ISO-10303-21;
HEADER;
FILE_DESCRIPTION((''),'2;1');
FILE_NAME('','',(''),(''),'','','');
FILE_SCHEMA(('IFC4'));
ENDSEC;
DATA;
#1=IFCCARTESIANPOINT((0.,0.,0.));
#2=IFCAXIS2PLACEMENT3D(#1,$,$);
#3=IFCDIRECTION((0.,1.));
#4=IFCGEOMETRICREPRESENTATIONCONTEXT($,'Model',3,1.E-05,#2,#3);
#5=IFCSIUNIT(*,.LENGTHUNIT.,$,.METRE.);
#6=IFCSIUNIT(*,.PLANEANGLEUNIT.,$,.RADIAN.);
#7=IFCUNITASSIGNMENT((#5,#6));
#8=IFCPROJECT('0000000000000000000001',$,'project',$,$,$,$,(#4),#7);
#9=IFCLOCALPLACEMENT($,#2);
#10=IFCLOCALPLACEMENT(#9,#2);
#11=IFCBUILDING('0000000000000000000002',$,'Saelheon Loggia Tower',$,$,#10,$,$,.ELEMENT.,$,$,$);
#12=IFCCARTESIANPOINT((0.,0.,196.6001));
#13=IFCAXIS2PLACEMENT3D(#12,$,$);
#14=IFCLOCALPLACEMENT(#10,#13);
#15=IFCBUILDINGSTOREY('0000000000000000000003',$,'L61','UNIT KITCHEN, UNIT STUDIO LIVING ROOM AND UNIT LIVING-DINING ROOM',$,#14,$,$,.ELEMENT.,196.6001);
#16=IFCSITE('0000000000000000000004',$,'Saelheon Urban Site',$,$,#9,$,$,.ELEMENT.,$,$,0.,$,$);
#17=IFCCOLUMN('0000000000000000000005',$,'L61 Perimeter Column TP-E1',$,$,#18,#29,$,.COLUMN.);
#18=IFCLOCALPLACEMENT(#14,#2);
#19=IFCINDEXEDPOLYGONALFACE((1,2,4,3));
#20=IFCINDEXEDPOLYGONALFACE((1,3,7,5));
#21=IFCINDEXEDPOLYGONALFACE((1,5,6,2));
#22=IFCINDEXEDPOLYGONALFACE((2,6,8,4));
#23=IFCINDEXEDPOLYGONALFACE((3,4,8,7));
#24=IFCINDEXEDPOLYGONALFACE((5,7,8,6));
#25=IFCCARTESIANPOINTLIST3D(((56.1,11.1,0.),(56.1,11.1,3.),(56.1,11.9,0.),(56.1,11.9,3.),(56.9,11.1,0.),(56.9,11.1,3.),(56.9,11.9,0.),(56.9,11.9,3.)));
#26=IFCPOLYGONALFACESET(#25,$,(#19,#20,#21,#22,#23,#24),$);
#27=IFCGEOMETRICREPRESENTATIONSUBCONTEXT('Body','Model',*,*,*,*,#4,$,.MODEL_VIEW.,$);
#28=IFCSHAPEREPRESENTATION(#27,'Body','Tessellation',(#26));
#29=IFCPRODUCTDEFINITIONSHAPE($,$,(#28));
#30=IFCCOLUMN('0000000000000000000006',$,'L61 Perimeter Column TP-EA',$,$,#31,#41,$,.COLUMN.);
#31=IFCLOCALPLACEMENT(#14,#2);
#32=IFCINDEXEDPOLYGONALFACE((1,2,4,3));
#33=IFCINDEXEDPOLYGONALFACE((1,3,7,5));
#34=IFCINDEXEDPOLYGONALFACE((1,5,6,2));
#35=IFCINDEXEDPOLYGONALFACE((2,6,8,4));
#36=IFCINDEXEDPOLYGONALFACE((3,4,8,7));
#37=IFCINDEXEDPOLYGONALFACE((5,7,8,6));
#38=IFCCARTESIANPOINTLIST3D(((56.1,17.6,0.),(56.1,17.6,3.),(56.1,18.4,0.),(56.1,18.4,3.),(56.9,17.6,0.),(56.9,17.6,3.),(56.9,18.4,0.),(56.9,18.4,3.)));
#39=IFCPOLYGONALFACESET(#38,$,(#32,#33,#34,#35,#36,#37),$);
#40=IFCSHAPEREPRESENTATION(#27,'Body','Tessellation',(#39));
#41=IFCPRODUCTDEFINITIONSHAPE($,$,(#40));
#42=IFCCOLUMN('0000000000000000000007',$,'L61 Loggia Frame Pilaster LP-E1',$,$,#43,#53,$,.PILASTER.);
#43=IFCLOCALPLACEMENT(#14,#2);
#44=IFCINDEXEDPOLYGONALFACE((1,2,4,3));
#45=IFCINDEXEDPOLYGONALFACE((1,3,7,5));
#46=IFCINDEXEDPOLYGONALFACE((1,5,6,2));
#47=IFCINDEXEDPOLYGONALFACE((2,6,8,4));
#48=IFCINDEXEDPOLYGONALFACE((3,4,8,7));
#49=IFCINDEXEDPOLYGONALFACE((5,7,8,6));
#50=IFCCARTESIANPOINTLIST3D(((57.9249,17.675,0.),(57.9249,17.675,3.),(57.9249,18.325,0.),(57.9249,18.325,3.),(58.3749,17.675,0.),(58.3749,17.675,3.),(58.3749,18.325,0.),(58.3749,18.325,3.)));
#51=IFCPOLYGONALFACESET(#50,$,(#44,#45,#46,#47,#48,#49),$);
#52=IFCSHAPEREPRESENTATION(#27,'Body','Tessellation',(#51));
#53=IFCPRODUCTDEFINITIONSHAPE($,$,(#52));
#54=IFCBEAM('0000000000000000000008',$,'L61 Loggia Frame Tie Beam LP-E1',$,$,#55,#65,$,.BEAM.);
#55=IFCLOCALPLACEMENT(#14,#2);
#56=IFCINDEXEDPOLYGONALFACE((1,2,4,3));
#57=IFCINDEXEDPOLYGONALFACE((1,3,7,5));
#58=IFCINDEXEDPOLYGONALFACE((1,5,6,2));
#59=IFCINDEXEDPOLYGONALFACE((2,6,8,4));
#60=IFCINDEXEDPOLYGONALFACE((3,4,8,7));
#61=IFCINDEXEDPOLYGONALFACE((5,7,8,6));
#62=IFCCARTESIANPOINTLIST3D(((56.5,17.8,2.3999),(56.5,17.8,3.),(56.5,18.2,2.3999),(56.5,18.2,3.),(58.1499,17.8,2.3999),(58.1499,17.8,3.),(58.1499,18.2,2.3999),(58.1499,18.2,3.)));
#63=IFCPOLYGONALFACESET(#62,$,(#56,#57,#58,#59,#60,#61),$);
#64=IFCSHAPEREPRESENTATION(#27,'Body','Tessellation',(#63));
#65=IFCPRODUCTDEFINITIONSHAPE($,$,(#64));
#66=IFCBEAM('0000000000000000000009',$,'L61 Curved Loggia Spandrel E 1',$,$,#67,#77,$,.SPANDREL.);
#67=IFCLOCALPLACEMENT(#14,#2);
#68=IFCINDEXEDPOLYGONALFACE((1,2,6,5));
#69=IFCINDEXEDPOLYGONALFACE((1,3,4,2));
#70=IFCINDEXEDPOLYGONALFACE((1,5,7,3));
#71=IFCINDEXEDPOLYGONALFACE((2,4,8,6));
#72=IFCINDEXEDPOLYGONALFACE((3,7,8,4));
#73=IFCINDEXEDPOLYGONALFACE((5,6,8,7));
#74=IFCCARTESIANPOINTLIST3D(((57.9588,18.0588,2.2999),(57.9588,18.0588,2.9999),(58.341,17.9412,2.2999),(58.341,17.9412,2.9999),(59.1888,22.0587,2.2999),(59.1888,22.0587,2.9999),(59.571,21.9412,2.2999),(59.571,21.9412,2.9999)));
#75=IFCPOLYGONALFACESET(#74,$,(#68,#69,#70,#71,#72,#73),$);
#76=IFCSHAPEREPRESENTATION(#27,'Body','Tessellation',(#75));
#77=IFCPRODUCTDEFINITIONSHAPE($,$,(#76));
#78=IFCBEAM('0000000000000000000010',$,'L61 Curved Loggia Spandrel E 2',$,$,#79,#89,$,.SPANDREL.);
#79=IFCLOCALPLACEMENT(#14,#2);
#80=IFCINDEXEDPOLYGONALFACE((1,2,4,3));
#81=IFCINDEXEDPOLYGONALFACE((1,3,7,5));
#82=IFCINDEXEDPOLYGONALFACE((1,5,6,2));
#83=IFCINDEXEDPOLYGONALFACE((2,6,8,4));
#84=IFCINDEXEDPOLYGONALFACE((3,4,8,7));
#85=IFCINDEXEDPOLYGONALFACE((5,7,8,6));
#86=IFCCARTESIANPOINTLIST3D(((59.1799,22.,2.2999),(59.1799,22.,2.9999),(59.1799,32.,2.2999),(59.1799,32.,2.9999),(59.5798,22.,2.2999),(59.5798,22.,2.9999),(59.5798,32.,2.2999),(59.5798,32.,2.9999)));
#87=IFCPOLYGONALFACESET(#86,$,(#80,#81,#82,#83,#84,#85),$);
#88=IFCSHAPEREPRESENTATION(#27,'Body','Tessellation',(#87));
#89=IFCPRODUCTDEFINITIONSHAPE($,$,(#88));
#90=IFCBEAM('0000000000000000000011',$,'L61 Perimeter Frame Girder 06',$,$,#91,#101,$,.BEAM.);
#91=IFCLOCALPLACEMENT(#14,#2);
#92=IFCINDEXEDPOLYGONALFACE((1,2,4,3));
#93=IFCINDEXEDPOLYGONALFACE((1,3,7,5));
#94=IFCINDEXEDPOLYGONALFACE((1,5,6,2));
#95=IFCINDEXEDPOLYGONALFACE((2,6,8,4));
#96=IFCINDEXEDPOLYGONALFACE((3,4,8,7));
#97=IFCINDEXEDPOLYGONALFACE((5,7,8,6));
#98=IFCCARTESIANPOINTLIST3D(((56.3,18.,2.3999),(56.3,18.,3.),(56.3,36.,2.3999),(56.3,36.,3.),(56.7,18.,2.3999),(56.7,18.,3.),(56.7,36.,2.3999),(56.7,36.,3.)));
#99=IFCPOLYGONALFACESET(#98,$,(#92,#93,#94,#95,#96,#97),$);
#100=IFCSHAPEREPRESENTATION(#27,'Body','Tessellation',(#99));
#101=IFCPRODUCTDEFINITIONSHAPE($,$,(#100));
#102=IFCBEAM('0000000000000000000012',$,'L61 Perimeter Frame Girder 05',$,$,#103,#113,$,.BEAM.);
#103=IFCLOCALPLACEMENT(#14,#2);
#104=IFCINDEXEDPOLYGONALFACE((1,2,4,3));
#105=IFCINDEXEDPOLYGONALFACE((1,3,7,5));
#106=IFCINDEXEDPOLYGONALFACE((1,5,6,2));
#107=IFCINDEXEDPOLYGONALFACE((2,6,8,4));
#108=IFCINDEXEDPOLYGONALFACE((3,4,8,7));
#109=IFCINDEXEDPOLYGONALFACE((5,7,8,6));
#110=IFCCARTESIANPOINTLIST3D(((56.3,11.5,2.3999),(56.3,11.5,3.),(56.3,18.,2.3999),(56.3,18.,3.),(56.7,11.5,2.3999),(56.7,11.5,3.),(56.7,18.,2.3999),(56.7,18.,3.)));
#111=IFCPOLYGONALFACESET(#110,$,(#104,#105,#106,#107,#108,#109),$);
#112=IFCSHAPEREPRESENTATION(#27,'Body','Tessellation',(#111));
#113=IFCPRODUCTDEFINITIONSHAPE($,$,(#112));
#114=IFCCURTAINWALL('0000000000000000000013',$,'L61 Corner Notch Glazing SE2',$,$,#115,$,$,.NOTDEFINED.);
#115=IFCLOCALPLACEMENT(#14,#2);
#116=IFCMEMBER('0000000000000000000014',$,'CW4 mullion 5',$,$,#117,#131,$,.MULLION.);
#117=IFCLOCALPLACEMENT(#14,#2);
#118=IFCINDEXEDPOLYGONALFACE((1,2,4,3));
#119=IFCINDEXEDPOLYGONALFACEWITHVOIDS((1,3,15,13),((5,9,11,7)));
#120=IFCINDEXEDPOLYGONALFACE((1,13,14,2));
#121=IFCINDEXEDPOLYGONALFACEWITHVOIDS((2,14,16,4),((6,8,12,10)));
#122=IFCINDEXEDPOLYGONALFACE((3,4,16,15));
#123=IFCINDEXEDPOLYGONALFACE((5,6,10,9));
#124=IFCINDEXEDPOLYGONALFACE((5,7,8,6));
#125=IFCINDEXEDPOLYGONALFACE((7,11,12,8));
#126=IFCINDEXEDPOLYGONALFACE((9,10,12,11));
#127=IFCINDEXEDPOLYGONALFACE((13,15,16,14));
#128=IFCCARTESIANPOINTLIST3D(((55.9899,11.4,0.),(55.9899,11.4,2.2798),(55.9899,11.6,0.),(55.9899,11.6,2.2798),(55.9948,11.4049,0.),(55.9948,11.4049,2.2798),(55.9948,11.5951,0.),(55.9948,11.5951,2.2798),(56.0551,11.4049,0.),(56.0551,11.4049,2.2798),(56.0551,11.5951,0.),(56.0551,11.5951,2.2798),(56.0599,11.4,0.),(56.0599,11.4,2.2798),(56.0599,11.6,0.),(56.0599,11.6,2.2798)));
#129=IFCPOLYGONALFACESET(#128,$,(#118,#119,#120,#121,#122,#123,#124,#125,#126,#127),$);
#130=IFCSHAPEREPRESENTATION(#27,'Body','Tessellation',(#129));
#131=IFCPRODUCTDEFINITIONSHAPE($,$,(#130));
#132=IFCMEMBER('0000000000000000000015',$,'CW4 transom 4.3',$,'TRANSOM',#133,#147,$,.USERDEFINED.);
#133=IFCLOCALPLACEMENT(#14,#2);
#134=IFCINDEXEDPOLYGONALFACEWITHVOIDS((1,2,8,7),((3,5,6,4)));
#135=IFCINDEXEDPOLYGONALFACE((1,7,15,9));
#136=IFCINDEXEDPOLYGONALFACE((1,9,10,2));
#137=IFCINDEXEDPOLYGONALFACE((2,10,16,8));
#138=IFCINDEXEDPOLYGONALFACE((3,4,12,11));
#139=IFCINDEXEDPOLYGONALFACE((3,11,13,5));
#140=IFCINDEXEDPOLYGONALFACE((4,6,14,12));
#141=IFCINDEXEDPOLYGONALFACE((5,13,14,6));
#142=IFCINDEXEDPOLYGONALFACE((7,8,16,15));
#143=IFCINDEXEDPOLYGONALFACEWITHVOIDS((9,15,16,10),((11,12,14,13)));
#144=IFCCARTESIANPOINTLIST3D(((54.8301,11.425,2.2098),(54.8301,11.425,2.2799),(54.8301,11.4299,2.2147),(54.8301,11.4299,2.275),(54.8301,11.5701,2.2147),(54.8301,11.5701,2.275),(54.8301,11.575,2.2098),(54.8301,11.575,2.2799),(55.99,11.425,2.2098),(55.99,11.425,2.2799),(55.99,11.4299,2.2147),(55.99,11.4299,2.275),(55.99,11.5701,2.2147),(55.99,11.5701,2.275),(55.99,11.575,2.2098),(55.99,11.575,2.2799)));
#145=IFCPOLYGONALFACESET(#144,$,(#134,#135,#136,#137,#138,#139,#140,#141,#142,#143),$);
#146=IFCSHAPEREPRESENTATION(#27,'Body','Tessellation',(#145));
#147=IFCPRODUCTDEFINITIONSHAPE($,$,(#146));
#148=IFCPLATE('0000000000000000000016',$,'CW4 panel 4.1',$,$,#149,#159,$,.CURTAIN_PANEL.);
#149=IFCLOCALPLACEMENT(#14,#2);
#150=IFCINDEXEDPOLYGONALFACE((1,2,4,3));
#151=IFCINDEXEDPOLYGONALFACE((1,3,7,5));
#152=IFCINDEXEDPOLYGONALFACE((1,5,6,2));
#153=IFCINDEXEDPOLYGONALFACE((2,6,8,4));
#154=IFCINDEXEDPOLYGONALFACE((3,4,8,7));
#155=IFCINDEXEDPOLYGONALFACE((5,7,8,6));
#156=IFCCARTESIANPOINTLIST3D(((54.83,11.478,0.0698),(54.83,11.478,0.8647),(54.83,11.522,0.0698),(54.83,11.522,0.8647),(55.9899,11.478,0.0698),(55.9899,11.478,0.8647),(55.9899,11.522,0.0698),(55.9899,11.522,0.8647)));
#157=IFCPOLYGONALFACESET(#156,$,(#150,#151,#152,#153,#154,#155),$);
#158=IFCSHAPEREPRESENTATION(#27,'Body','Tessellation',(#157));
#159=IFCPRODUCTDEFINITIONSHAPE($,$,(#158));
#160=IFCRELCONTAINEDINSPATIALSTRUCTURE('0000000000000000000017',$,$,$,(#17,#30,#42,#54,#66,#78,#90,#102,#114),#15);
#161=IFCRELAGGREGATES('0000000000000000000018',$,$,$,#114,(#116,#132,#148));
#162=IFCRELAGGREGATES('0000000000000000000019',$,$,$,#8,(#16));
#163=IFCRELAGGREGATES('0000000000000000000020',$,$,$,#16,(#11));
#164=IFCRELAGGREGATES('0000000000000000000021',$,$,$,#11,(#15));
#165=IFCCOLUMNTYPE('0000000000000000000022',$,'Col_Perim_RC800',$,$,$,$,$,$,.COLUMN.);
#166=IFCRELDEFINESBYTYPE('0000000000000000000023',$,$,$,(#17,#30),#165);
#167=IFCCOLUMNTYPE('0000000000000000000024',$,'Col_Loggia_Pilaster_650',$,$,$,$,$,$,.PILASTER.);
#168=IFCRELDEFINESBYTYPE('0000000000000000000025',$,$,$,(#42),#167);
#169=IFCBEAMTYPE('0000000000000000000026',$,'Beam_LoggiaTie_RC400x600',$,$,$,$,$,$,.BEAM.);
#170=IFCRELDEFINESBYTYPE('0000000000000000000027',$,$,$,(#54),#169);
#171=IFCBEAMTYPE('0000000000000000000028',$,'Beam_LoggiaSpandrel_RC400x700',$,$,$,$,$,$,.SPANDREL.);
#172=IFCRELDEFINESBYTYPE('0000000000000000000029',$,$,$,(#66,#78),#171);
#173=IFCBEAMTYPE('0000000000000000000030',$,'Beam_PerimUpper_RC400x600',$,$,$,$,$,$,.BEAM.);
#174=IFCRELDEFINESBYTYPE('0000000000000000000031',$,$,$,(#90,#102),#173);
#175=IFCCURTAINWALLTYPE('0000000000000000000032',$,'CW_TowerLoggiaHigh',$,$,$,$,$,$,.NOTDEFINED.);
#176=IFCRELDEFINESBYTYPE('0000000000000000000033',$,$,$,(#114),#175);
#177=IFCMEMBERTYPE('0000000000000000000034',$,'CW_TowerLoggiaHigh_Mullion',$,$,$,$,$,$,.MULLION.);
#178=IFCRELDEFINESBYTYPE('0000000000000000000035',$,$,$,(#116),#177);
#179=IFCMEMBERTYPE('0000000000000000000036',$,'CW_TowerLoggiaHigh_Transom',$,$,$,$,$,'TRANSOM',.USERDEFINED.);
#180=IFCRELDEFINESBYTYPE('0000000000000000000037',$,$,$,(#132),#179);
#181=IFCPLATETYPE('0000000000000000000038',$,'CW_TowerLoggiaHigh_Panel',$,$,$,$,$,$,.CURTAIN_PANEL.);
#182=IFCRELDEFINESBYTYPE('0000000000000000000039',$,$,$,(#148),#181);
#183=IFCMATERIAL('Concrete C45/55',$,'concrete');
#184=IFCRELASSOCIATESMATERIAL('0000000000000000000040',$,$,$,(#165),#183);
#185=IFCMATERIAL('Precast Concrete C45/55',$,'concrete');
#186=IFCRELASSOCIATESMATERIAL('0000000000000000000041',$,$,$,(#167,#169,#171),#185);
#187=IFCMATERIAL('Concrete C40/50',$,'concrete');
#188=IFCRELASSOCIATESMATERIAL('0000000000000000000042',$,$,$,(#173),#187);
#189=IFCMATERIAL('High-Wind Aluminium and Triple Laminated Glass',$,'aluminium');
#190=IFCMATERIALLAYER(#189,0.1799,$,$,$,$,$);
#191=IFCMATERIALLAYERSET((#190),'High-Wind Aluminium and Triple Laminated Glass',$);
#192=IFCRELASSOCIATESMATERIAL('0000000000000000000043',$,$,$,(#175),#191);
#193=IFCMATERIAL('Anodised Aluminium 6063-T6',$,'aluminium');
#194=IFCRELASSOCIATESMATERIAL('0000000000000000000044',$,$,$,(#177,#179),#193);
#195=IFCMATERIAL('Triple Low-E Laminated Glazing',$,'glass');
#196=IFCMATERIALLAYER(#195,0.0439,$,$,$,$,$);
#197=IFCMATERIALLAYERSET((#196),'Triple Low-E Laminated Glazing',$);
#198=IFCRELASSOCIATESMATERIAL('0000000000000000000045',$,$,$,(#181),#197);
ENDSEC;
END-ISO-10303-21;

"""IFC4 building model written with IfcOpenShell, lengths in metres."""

from ifc_helpers import new_model, si_unit, direction, frame, origin, origin_2d, place, context, subcontext, project, spatial, rectangle, hollow_rectangle, extrude, source, transform, mapped, material, layer, layer_set, material_profile, profile_set, type_object, element, aggregate, save


model = new_model("IFC4")

# Units and contexts
model_context = context("Model", 3, precision=1e-05, world=origin(), true_north=direction((0.0, 1.0)))
body_context = subcontext(model_context, "Body", "Model", "MODEL_VIEW")
ifc_project = project(units=[si_unit("LENGTHUNIT", "METRE"), si_unit("PLANEANGLEUNIT", "RADIAN")], contexts=[model_context])

# Site, building, storey
site_placement = place(None, origin())
site = spatial("IfcSite", under=ifc_project, at=site_placement, Name="Saelheon Urban Site", CompositionType="ELEMENT", RefElevation=0.0)
building_placement = place(site_placement, origin())
building = spatial("IfcBuilding", under=site, at=building_placement, Name="Saelheon Loggia Tower", CompositionType="ELEMENT")
storey_placement = place(building_placement, frame((0.0, 0.0, 196.6001)))
storey = spatial("IfcBuildingStorey", under=building, at=storey_placement, Name="L61", Description="UNIT KITCHEN, UNIT STUDIO LIVING ROOM AND UNIT LIVING-DINING ROOM", CompositionType="ELEMENT", Elevation=196.6001)

# Columns
ifc_material_1 = material(Name="Concrete C45/55", Category="concrete")
ifc_material_profile_1 = material_profile(ifc_material_1, rectangle(XDim=0.8, YDim=0.8, at=origin_2d()), Name="RC-800x800")
ifc_profile_set_1 = profile_set([ifc_material_profile_1], Name="Concrete C45/55")
column_type_1 = type_object("IfcColumnType", Name="Col_Perim_RC800", PredefinedType="COLUMN", material=ifc_profile_set_1)
shared_shape_1 = source(origin(), body_context, "Body", "SweptSolid", [
    extrude(rectangle(XDim=0.8, YDim=0.8, at=origin_2d()), origin(), (0.0, 0.0, 1.0), 3.0),
])
for number, where, z_axis, x_axis, name in (
    (1, (56.5, 11.5, 0.0), (0.0, 0.0, 1.0), (1.0, 0.0, 0.0), "L61 Perimeter Column TP-E1"),
    (2, (56.5, 18.0, 0.0), (0.0, 0.0, 1.0), (1.0, 0.0, 0.0), "L61 Perimeter Column TP-EA"),
):
    element("IfcColumn", number, at=place(storey_placement, frame(where, z_axis=z_axis, x_axis=x_axis)), inside=storey, type_object=column_type_1, Name=name, PredefinedType="COLUMN", context=body_context, shape_type="MappedRepresentation", body=[
        mapped(shared_shape_1, transform((0.0, 0.0, 0.0), scale=1.0)),
    ])
ifc_material_2 = material(Name="Precast Concrete C45/55", Category="concrete")
ifc_material_profile_2 = material_profile(ifc_material_2, rectangle(XDim=0.45, YDim=0.6499, at=origin_2d()), Name="RC-450x650")
ifc_profile_set_2 = profile_set([ifc_material_profile_2], Name="Precast Concrete C45/55")
column_type_2 = type_object("IfcColumnType", Name="Col_Loggia_Pilaster_650", PredefinedType="PILASTER", material=ifc_profile_set_2)
shared_shape_2 = source(origin(), body_context, "Body", "SweptSolid", [
    extrude(rectangle(XDim=0.45, YDim=0.6499, at=origin_2d()), origin(), (0.0, 0.0, 1.0), 3.0),
])
column_placement = place(storey_placement, frame((58.1499, 18.0, 0.0), z_axis=(0.0, 0.0, 1.0), x_axis=(1.0, 0.0, 0.0)))
element("IfcColumn", 3, at=column_placement, inside=storey, type_object=column_type_2, Name="L61 Loggia Frame Pilaster LP-E1", PredefinedType="PILASTER", context=body_context, shape_type="MappedRepresentation", body=[
    mapped(shared_shape_2, transform((0.0, 0.0, 0.0), scale=1.0)),
])

# Beams
ifc_material_profile_3 = material_profile(ifc_material_2, rectangle(XDim=0.3999, YDim=0.6001, at=origin_2d()), Name="RC-400x600")
ifc_profile_set_3 = profile_set([ifc_material_profile_3], Name="Precast Concrete C45/55")
beam_type_1 = type_object("IfcBeamType", Name="Beam_LoggiaTie_RC400x600", PredefinedType="BEAM", material=ifc_profile_set_3)
shared_shape_3 = source(origin(), body_context, "Body", "SweptSolid", [
    extrude(rectangle(XDim=0.3999, YDim=0.6001, at=origin_2d()), origin(), (0.0, 0.0, 1.0), 1.6499),
])
beam_1_placement = place(storey_placement, frame((56.5, 18.0, 2.7), z_axis=(1.0, 0.0, 0.0), x_axis=(0.0, 1.0, 0.0)))
element("IfcBeam", 4, at=beam_1_placement, inside=storey, type_object=beam_type_1, Name="L61 Loggia Frame Tie Beam LP-E1", PredefinedType="BEAM", context=body_context, shape_type="MappedRepresentation", body=[
    mapped(shared_shape_3, transform((0.0, 0.0, 0.0), scale=1.0)),
])
ifc_material_profile_4 = material_profile(ifc_material_2, rectangle(XDim=0.3999, YDim=0.7, at=origin_2d()), Name="RC-400x700")
ifc_profile_set_4 = profile_set([ifc_material_profile_4], Name="Precast Concrete C45/55")
beam_type_2 = type_object("IfcBeamType", Name="Beam_LoggiaSpandrel_RC400x700", PredefinedType="SPANDREL", material=ifc_profile_set_4)
shared_shape_4 = source(origin(), body_context, "Body", "SweptSolid", [
    extrude(rectangle(XDim=0.3999, YDim=0.7, at=origin_2d()), origin(), (0.0, 0.0, 1.0), 4.1848),
])
beam_2_placement = place(storey_placement, frame((58.1499, 18.0, 2.6499), z_axis=(0.293914, 0.955832, 0.0), x_axis=(-0.955832, 0.293914, 0.0)))
element("IfcBeam", 5, at=beam_2_placement, inside=storey, type_object=beam_type_2, Name="L61 Curved Loggia Spandrel E 1", PredefinedType="SPANDREL", context=body_context, shape_type="MappedRepresentation", body=[
    mapped(shared_shape_4, transform((0.0, 0.0, 0.0), scale=1.0)),
])
shared_shape_5 = source(origin(), body_context, "Body", "SweptSolid", [
    extrude(rectangle(XDim=0.3999, YDim=0.7, at=origin_2d()), origin(), (0.0, 0.0, 1.0), 10.0),
])
beam_3_placement = place(storey_placement, frame((59.3799, 22.0, 2.6499), z_axis=(0.0, 1.0, 0.0), x_axis=(-1.0, 0.0, 0.0)))
element("IfcBeam", 6, at=beam_3_placement, inside=storey, type_object=beam_type_2, Name="L61 Curved Loggia Spandrel E 2", PredefinedType="SPANDREL", context=body_context, shape_type="MappedRepresentation", body=[
    mapped(shared_shape_5, transform((0.0, 0.0, 0.0), scale=1.0)),
])
ifc_material_3 = material(Name="Concrete C40/50", Category="concrete")
ifc_material_profile_5 = material_profile(ifc_material_3, rectangle(XDim=0.3999, YDim=0.6001, at=origin_2d()), Name="RC-400x600")
ifc_profile_set_5 = profile_set([ifc_material_profile_5], Name="Concrete C40/50")
beam_type_3 = type_object("IfcBeamType", Name="Beam_PerimUpper_RC400x600", PredefinedType="BEAM", material=ifc_profile_set_5)
shared_shape_6 = source(origin(), body_context, "Body", "SweptSolid", [
    extrude(rectangle(XDim=0.3999, YDim=0.6001, at=origin_2d()), origin(), (0.0, 0.0, 1.0), 18.0),
])
beam_4_placement = place(storey_placement, frame((56.5, 18.0, 2.7), z_axis=(0.0, 1.0, 0.0), x_axis=(-1.0, 0.0, 0.0)))
element("IfcBeam", 7, at=beam_4_placement, inside=storey, type_object=beam_type_3, Name="L61 Perimeter Frame Girder 06", PredefinedType="BEAM", context=body_context, shape_type="MappedRepresentation", body=[
    mapped(shared_shape_6, transform((0.0, 0.0, 0.0), scale=1.0)),
])
shared_shape_7 = source(origin(), body_context, "Body", "SweptSolid", [
    extrude(rectangle(XDim=0.3999, YDim=0.6001, at=origin_2d()), origin(), (0.0, 0.0, 1.0), 6.5),
])
beam_5_placement = place(storey_placement, frame((56.5, 11.5, 2.7), z_axis=(0.0, 1.0, 0.0), x_axis=(-1.0, 0.0, 0.0)))
element("IfcBeam", 8, at=beam_5_placement, inside=storey, type_object=beam_type_3, Name="L61 Perimeter Frame Girder 05", PredefinedType="BEAM", context=body_context, shape_type="MappedRepresentation", body=[
    mapped(shared_shape_7, transform((0.0, 0.0, 0.0), scale=1.0)),
])

# Curtain wall, members, plate
ifc_material_4 = material(Name="High-Wind Aluminium and Triple Laminated Glass", Category="aluminium")
ifc_layer_1 = layer(ifc_material_4, 0.1799)
ifc_layer_set_1 = layer_set([ifc_layer_1], Name="High-Wind Aluminium and Triple Laminated Glass")
curtain_wall_type = type_object("IfcCurtainWallType", Name="CW_TowerLoggiaHigh", PredefinedType="NOTDEFINED", material=ifc_layer_set_1)
curtain_wall_placement = place(storey_placement, origin())
curtain_wall = element("IfcCurtainWall", 9, at=curtain_wall_placement, inside=storey, type_object=curtain_wall_type, Name="L61 Corner Notch Glazing SE2", PredefinedType="NOTDEFINED")
ifc_material_5 = material(Name="Anodised Aluminium 6063-T6", Category="aluminium")
ifc_material_profile_6 = material_profile(ifc_material_5, hollow_rectangle(XDim=0.0701, YDim=0.2, WallThickness=0.0049, at=origin_2d()), Name="RHS-200x70x5")
ifc_profile_set_6 = profile_set([ifc_material_profile_6], Name="Anodised Aluminium 6063-T6")
member_type_1 = type_object("IfcMemberType", Name="CW_TowerLoggiaHigh_Mullion", PredefinedType="MULLION", material=ifc_profile_set_6)
shared_shape_8 = source(origin(), body_context, "Body", "SweptSolid", [
    extrude(hollow_rectangle(XDim=0.0701, YDim=0.2, WallThickness=0.0049, at=origin_2d()), origin(), (0.0, 0.0, 1.0), 2.2798),
])
member_1_placement = place(storey_placement, frame((56.0249, 11.5, 0.0), z_axis=(0.0, 0.0, 1.0), x_axis=(1.0, 0.0, 0.0)))
member_1 = element("IfcMember", 10, at=member_1_placement, type_object=member_type_1, Name="CW4 mullion 5", PredefinedType="MULLION", context=body_context, shape_type="MappedRepresentation", body=[
    mapped(shared_shape_8, transform((0.0, 0.0, 0.0), scale=1.0)),
])
ifc_material_profile_7 = material_profile(ifc_material_5, hollow_rectangle(XDim=0.0701, YDim=0.1499, WallThickness=0.0049, at=origin_2d()), Name="RHS-150x70x5")
ifc_profile_set_7 = profile_set([ifc_material_profile_7], Name="Anodised Aluminium 6063-T6")
member_type_2 = type_object("IfcMemberType", Name="CW_TowerLoggiaHigh_Transom", ElementType="TRANSOM", PredefinedType="USERDEFINED", material=ifc_profile_set_7)
shared_shape_9 = source(origin(), body_context, "Body", "SweptSolid", [
    extrude(hollow_rectangle(XDim=0.0701, YDim=0.1499, WallThickness=0.0049, at=origin_2d()), origin(), (0.0, 0.0, 1.0), 1.1599),
])
member_2_placement = place(storey_placement, frame((54.8301, 11.5, 2.2449), z_axis=(1.0, 0.0, 0.0), x_axis=(0.0, 0.0, 1.0)))
member_2 = element("IfcMember", 11, at=member_2_placement, type_object=member_type_2, Name="CW4 transom 4.3", ObjectType="TRANSOM", PredefinedType="USERDEFINED", context=body_context, shape_type="MappedRepresentation", body=[
    mapped(shared_shape_9, transform((0.0, 0.0, 0.0), scale=1.0)),
])
ifc_material_6 = material(Name="Triple Low-E Laminated Glazing", Category="glass")
ifc_layer_2 = layer(ifc_material_6, 0.0439)
ifc_layer_set_2 = layer_set([ifc_layer_2], Name="Triple Low-E Laminated Glazing")
plate_type = type_object("IfcPlateType", Name="CW_TowerLoggiaHigh_Panel", PredefinedType="CURTAIN_PANEL", material=ifc_layer_set_2)
shared_shape_10 = source(origin(), body_context, "Body", "SweptSolid", [
    extrude(rectangle(XDim=1.1599, YDim=0.0439, at=origin_2d()), origin(), (0.0, 0.0, 1.0), 0.7949),
])
plate_1_placement = place(storey_placement, frame((55.4099, 11.5, 0.0698), z_axis=(0.0, 0.0, 1.0), x_axis=(1.0, 0.0, 0.0)))
plate_1 = element("IfcPlate", 12, at=plate_1_placement, type_object=plate_type, Name="CW4 panel 4.1", PredefinedType="CURTAIN_PANEL", context=body_context, shape_type="MappedRepresentation", body=[
    mapped(shared_shape_10, transform((0.0, 0.0, 0.0), scale=1.0)),
])
aggregate(curtain_wall, [member_1, member_2, plate_1])

save(model, "model.ifc")
